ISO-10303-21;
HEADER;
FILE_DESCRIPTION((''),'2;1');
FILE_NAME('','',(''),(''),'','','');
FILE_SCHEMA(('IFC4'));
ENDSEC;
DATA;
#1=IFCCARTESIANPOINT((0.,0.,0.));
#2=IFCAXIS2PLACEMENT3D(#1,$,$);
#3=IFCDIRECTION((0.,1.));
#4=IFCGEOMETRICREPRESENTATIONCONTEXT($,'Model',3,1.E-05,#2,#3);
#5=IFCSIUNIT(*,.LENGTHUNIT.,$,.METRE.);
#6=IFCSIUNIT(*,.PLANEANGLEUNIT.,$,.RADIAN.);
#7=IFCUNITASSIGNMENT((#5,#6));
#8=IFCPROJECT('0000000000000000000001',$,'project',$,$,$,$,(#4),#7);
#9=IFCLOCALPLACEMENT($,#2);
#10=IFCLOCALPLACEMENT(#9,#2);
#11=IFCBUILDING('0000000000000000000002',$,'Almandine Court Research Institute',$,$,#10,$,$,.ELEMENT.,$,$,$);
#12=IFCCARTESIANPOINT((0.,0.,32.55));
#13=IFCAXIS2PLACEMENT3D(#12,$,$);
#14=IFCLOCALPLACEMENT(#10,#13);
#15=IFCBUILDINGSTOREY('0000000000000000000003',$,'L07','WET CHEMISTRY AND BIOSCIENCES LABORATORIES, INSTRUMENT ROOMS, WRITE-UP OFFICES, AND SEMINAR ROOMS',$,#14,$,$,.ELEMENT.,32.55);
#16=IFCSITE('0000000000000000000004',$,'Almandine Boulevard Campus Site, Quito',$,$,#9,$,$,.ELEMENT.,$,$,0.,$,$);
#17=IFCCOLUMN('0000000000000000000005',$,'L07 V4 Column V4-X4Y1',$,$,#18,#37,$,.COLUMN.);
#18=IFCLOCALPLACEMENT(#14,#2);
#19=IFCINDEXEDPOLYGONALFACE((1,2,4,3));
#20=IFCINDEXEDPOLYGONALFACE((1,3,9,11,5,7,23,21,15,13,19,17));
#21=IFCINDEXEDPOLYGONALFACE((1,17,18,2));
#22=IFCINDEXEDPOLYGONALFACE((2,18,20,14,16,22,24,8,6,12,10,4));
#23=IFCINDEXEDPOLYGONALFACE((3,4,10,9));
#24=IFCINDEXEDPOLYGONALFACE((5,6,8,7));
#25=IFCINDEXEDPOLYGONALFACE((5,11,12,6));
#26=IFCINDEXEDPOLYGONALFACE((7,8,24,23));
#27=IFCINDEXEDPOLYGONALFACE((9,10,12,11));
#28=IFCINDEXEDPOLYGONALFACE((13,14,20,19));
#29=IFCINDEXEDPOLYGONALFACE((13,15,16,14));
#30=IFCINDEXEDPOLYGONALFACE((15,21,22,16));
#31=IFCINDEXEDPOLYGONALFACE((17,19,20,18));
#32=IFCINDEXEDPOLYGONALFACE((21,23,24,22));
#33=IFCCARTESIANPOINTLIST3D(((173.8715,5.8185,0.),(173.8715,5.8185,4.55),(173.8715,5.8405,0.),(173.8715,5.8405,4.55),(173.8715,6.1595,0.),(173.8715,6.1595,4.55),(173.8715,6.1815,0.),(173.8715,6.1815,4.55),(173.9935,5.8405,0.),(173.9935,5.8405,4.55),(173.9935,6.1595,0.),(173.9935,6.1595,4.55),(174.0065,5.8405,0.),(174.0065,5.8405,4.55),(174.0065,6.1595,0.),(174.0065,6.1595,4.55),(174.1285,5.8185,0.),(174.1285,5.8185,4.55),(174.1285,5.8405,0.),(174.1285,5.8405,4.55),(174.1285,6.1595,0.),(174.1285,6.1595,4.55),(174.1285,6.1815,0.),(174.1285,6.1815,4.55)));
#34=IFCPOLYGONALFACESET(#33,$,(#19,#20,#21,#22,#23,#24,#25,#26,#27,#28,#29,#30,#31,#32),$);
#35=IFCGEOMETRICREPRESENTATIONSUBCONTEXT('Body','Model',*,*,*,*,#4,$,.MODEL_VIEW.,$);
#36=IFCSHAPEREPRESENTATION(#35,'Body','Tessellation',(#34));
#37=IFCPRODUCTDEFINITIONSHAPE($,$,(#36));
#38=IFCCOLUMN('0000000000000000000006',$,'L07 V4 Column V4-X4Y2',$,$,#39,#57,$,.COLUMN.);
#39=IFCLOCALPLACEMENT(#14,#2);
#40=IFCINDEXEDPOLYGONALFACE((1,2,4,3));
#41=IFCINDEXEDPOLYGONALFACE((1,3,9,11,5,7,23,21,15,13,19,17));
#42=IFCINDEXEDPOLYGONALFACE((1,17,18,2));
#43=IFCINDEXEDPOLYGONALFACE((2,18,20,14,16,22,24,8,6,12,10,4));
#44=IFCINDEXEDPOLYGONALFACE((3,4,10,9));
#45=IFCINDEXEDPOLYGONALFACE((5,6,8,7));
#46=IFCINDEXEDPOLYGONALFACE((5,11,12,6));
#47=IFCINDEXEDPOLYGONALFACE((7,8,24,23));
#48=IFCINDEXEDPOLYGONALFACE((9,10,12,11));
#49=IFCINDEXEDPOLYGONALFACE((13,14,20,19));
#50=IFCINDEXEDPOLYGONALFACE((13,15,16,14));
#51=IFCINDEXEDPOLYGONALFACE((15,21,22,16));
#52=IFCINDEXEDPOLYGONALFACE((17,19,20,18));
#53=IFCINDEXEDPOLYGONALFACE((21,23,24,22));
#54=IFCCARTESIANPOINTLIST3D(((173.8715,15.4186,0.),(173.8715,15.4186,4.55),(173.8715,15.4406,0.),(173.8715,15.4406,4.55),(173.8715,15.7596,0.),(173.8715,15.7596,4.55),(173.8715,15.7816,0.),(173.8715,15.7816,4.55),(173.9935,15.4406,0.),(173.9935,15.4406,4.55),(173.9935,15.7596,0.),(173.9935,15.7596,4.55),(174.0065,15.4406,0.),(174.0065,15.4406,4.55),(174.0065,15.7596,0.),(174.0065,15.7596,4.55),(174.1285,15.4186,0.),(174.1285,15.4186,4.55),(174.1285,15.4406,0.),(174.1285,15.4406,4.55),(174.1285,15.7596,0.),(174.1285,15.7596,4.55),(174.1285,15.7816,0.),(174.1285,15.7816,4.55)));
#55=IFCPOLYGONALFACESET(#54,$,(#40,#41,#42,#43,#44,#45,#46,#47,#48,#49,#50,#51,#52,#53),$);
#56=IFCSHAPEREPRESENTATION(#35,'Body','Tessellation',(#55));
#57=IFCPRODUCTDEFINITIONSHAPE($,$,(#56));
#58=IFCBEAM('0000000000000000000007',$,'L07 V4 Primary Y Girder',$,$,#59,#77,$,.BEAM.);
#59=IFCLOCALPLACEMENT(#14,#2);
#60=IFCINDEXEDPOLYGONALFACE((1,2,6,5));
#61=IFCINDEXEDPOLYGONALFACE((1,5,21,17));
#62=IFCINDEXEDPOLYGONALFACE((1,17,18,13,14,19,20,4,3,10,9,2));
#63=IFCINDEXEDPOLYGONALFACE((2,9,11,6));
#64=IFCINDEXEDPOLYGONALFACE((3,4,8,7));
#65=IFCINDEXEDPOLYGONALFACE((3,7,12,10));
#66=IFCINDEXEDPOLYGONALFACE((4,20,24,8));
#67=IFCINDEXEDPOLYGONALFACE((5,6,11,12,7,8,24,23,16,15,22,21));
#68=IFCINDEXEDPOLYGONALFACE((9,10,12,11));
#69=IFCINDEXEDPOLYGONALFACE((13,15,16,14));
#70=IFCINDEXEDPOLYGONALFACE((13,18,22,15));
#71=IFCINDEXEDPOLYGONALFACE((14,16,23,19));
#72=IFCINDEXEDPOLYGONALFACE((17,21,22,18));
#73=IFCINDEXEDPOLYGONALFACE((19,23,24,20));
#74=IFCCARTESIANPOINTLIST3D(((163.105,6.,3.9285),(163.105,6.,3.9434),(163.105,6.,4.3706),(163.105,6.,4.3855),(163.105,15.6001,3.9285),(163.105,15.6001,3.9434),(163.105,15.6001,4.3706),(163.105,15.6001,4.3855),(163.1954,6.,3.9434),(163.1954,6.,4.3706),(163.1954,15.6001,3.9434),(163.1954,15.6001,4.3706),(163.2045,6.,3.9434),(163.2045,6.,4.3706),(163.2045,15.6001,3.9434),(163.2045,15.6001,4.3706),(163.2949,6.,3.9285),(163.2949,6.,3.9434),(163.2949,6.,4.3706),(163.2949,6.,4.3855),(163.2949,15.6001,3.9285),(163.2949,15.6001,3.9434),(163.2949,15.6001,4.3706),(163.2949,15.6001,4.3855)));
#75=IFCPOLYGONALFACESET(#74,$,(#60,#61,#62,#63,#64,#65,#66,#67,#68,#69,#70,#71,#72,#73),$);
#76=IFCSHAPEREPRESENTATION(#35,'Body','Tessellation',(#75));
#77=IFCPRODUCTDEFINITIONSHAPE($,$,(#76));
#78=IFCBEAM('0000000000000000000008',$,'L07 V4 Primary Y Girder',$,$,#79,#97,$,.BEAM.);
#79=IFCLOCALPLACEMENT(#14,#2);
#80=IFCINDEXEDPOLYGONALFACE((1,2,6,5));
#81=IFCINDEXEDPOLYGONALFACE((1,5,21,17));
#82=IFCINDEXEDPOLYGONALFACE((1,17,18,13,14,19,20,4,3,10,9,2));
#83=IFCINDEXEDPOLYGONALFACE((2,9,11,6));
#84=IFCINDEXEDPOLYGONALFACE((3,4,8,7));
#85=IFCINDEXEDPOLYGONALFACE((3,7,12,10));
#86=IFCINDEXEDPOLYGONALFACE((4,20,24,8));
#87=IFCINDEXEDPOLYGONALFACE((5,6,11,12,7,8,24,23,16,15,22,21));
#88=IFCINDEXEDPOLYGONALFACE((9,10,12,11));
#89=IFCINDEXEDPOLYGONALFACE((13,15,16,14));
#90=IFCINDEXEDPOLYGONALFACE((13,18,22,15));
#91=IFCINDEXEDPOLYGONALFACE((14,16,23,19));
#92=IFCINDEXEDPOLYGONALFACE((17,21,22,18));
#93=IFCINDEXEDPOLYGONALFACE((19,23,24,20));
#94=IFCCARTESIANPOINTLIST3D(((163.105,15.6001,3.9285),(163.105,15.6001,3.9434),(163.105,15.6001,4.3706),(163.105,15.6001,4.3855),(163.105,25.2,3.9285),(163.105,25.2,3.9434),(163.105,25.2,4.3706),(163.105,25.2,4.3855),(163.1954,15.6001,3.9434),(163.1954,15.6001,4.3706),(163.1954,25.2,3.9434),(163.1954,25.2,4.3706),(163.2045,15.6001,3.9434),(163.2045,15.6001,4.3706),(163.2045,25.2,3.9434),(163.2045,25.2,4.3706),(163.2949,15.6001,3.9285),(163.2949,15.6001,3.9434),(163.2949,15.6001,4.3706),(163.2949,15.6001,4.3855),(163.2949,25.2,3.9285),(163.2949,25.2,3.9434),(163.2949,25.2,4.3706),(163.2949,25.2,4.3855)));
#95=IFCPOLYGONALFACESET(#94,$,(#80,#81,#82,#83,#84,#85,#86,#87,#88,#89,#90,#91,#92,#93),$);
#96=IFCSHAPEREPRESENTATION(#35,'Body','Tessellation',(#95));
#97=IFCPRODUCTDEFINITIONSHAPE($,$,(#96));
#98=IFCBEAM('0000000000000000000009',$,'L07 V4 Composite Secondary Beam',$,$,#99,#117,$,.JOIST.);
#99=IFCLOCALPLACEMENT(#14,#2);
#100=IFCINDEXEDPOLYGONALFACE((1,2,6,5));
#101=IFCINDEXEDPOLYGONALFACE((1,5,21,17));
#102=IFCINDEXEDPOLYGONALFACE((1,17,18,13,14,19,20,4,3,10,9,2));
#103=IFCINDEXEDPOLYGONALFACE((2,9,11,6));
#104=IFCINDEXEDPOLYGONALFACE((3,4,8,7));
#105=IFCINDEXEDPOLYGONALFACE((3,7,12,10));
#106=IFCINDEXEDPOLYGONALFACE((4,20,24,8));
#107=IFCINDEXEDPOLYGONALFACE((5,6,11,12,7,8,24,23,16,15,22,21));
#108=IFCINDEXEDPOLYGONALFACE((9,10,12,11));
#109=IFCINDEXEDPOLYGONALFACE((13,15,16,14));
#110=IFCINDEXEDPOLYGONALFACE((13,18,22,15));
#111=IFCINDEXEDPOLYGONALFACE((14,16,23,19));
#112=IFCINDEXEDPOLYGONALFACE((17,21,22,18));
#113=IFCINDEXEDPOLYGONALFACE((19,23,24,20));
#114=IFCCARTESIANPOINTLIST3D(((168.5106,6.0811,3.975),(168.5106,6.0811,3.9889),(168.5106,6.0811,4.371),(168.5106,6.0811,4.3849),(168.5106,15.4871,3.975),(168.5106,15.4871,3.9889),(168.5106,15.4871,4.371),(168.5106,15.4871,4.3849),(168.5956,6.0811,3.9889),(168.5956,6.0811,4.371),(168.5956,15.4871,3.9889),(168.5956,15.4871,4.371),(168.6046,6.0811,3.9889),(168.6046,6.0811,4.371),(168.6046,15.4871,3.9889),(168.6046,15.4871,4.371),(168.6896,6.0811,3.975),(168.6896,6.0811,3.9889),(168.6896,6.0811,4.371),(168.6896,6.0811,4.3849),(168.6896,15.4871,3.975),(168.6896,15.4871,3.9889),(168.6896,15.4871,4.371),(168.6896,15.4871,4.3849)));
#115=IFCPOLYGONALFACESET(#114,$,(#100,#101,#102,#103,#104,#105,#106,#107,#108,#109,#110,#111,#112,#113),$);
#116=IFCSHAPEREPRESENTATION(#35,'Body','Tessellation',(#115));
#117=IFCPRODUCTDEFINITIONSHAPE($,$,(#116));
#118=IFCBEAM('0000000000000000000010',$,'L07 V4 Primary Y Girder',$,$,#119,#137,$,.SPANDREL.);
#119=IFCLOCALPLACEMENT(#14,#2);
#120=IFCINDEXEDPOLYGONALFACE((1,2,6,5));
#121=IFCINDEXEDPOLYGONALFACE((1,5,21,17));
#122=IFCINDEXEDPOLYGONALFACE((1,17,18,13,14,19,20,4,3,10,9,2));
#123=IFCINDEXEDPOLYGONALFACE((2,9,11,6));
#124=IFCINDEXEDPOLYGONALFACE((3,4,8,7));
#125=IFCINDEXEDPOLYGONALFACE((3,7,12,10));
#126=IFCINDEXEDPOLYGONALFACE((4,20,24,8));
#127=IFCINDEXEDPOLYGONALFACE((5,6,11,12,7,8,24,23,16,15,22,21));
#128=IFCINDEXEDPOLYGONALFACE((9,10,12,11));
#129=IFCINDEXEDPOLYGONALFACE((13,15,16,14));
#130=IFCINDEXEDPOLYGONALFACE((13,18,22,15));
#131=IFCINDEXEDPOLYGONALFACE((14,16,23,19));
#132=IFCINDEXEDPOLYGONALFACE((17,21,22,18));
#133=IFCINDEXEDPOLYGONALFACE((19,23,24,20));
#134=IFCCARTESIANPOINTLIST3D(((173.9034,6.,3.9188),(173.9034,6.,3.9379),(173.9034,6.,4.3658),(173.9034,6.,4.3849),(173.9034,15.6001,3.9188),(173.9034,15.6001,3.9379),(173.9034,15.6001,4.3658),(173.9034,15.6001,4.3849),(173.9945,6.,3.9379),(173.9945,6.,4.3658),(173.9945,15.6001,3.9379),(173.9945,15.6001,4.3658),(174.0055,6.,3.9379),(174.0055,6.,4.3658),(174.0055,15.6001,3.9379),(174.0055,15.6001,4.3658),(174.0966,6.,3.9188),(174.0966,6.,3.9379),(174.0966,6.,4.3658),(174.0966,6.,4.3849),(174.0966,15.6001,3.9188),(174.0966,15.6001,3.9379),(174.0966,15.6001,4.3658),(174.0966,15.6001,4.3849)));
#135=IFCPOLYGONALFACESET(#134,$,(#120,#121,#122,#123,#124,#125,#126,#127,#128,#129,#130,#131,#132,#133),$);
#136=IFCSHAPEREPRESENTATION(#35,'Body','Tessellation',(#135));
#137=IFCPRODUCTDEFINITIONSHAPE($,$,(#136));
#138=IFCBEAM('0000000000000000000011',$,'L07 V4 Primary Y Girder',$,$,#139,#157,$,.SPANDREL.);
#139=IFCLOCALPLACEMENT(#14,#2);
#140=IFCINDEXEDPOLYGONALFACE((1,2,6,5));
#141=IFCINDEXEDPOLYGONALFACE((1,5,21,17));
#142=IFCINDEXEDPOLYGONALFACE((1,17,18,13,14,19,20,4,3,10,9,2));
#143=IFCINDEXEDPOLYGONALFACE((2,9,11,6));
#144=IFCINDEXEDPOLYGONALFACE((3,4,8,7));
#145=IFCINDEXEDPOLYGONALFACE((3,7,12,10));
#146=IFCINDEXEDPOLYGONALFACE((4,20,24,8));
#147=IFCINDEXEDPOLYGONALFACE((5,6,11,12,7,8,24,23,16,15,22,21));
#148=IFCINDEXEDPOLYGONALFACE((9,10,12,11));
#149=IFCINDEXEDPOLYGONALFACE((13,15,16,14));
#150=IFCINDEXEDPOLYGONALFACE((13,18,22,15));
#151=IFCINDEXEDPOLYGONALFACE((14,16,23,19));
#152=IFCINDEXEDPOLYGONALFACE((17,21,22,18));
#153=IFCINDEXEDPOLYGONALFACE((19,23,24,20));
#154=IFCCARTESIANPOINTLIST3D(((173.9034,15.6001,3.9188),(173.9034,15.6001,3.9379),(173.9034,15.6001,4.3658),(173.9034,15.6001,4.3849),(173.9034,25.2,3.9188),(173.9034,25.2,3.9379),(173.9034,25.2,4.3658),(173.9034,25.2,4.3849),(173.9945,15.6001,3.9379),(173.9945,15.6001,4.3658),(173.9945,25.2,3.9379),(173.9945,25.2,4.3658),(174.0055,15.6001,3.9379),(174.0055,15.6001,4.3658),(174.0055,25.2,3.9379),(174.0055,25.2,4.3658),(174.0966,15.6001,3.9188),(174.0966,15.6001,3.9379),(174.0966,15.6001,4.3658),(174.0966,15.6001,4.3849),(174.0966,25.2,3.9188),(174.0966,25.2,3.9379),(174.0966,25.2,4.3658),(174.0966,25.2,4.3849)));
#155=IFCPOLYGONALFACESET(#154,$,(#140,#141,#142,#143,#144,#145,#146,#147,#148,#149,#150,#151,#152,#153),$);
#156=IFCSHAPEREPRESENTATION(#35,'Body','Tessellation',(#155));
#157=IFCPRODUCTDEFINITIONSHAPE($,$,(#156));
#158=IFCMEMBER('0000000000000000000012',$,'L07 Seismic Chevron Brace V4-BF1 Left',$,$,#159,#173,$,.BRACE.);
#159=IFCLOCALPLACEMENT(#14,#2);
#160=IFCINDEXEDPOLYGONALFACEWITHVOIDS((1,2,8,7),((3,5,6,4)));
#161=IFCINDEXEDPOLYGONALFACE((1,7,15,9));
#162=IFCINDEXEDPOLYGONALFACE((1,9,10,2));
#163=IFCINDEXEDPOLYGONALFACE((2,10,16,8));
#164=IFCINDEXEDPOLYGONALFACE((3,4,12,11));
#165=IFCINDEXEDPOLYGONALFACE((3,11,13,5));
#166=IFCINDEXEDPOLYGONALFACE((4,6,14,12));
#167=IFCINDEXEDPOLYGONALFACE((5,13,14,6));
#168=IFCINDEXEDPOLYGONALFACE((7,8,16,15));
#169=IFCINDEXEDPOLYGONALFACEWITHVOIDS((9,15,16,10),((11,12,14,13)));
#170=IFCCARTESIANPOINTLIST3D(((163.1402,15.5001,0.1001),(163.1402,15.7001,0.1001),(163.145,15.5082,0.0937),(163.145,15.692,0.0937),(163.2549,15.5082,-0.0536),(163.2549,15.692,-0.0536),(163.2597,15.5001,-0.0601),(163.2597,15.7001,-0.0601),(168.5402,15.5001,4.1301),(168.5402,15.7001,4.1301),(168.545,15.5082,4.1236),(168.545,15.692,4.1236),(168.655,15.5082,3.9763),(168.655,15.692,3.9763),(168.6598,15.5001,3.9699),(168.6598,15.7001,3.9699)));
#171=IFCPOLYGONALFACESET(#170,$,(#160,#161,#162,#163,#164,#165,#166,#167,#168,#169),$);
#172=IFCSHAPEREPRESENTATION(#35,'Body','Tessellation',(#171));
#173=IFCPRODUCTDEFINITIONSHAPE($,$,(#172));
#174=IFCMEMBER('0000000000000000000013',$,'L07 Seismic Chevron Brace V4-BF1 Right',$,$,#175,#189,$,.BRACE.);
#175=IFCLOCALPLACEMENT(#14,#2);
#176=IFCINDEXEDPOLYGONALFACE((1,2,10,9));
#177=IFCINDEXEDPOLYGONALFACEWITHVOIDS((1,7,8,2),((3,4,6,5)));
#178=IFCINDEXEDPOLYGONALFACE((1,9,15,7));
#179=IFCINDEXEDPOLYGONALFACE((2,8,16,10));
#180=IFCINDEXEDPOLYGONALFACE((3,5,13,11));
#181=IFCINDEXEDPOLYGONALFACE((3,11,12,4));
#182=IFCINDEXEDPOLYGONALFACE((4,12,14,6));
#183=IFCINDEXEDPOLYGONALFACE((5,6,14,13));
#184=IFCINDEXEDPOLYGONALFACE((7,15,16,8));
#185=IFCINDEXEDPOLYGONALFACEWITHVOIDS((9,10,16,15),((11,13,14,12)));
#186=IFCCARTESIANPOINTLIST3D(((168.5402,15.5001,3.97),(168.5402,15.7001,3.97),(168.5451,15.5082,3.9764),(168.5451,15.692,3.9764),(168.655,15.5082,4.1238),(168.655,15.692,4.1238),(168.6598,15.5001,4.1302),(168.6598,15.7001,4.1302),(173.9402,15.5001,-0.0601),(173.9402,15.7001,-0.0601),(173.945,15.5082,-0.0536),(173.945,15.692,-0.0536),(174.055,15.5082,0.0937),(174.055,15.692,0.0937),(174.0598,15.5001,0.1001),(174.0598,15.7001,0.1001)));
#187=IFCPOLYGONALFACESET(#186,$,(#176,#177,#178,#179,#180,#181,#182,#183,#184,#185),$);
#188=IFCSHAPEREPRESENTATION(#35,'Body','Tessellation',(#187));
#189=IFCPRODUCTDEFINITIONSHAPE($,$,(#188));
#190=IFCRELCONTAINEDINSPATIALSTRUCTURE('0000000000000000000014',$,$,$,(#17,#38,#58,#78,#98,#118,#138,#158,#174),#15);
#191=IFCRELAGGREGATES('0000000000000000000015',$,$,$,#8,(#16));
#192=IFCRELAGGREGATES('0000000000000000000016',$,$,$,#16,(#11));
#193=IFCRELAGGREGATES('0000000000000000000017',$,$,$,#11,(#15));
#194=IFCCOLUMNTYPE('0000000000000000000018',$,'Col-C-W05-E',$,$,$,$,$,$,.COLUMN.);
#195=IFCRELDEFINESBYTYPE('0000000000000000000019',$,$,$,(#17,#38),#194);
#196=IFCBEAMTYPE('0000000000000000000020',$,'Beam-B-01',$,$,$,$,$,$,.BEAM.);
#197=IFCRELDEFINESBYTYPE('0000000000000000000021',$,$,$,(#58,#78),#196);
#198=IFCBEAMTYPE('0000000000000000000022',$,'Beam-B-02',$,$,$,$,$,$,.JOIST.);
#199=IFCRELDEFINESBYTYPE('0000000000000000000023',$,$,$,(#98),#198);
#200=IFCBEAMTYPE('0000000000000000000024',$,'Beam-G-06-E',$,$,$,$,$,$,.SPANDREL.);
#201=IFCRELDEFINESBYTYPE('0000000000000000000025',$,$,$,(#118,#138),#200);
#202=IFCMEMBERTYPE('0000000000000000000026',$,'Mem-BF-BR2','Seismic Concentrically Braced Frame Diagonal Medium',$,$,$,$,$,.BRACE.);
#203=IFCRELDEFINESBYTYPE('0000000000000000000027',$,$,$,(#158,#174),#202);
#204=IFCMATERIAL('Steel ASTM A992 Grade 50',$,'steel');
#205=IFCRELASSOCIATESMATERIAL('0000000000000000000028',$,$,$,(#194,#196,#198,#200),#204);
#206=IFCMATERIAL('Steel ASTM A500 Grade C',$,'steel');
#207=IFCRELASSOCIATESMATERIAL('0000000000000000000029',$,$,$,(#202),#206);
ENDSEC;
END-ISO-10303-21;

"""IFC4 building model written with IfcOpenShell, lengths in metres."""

from ifc_helpers import new_model, si_unit, direction, frame, origin, origin_2d, place, context, subcontext, project, spatial, hollow_rectangle, i_section, extrude, material, material_profile, profile_set, type_object, element, save


model = new_model("IFC4")

# Units and contexts
model_context = context("Model", 3, precision=1e-05, world=origin(), true_north=direction((0.0, 1.0)))
body_context = subcontext(model_context, "Body", "Model", "MODEL_VIEW")
ifc_project = project(units=[si_unit("LENGTHUNIT", "METRE"), si_unit("PLANEANGLEUNIT", "RADIAN")], contexts=[model_context])

# Site, building, storey
site_placement = place(None, origin())
site = spatial("IfcSite", under=ifc_project, at=site_placement, Name="Almandine Boulevard Campus Site, Quito", CompositionType="ELEMENT", RefElevation=0.0)
building_placement = place(site_placement, origin())
building = spatial("IfcBuilding", under=site, at=building_placement, Name="Almandine Court Research Institute", CompositionType="ELEMENT")
storey_placement = place(building_placement, frame((0.0, 0.0, 32.55)))
storey = spatial("IfcBuildingStorey", under=building, at=storey_placement, Name="L07", Description="WET CHEMISTRY AND BIOSCIENCES LABORATORIES, INSTRUMENT ROOMS, WRITE-UP OFFICES, AND SEMINAR ROOMS", CompositionType="ELEMENT", Elevation=32.55)

# Columns
ifc_material_1 = material(Name="Steel ASTM A992 Grade 50", Category="steel")
ifc_material_profile_1 = material_profile(ifc_material_1, i_section(OverallWidth=0.2571, OverallDepth=0.363, WebThickness=0.0129, FlangeThickness=0.022, at=origin_2d()), Name="W360x122")
ifc_profile_set_1 = profile_set([ifc_material_profile_1], Name="Steel ASTM A992 Grade 50")
column_type = type_object("IfcColumnType", Name="Col-C-W05-E", PredefinedType="COLUMN", material=ifc_profile_set_1)
for number, where, z_axis, x_axis, name in (
    (1, (174.0, 6.0, 0.0), (0.0, 0.0, 1.0), (1.0, 0.0, 0.0), "L07 V4 Column V4-X4Y1"),
    (2, (174.0, 15.6001, 0.0), (0.0, 0.0, 1.0), (1.0, 0.0, 0.0), "L07 V4 Column V4-X4Y2"),
):
    element("IfcColumn", number, at=place(storey_placement, frame(where, z_axis=z_axis, x_axis=x_axis)), inside=storey, type_object=column_type, Name=name, PredefinedType="COLUMN", context=body_context, shape_type="SweptSolid", body=[
        extrude(i_section(OverallWidth=0.2571, OverallDepth=0.363, WebThickness=0.0129, FlangeThickness=0.022, at=origin_2d()), origin(), (0.0, 0.0, 1.0), 4.55),
    ])

# Beams
ifc_material_profile_2 = material_profile(ifc_material_1, i_section(OverallWidth=0.1899, OverallDepth=0.457, WebThickness=0.009, FlangeThickness=0.0149, at=origin_2d()), Name="W460x74")
ifc_profile_set_2 = profile_set([ifc_material_profile_2], Name="Steel ASTM A992 Grade 50")
beam_type_1 = type_object("IfcBeamType", Name="Beam-B-01", PredefinedType="BEAM", material=ifc_profile_set_2)
beam_1_placement = place(storey_placement, frame((163.2, 6.0, 4.157), z_axis=(0.0, 1.0, 0.0), x_axis=(-1.0, 0.0, 0.0)))
element("IfcBeam", 3, at=beam_1_placement, inside=storey, type_object=beam_type_1, Name="L07 V4 Primary Y Girder", PredefinedType="BEAM", context=body_context, shape_type="SweptSolid", body=[
    extrude(i_section(OverallWidth=0.1899, OverallDepth=0.457, WebThickness=0.009, FlangeThickness=0.0149, at=origin_2d()), origin(), (0.0, 0.0, 1.0), 9.6001),
])
beam_2_placement = place(storey_placement, frame((163.2, 15.6001, 4.157), z_axis=(0.0, 1.0, 0.0), x_axis=(-1.0, 0.0, 0.0)))
element("IfcBeam", 4, at=beam_2_placement, inside=storey, type_object=beam_type_1, Name="L07 V4 Primary Y Girder", PredefinedType="BEAM", context=body_context, shape_type="SweptSolid", body=[
    extrude(i_section(OverallWidth=0.1899, OverallDepth=0.457, WebThickness=0.009, FlangeThickness=0.0149, at=origin_2d()), origin(), (0.0, 0.0, 1.0), 9.5999),
])
ifc_material_profile_3 = material_profile(ifc_material_1, i_section(OverallWidth=0.179, OverallDepth=0.4099, WebThickness=0.009, FlangeThickness=0.0139, at=origin_2d()), Name="W410x67")
ifc_profile_set_3 = profile_set([ifc_material_profile_3], Name="Steel ASTM A992 Grade 50")
beam_type_2 = type_object("IfcBeamType", Name="Beam-B-02", PredefinedType="JOIST", material=ifc_profile_set_3)
beam_3_placement = place(storey_placement, frame((168.6001, 6.0811, 4.1799), z_axis=(0.0, 1.0, 0.0), x_axis=(-1.0, 0.0, 0.0)))
element("IfcBeam", 5, at=beam_3_placement, inside=storey, type_object=beam_type_2, Name="L07 V4 Composite Secondary Beam", PredefinedType="JOIST", context=body_context, shape_type="SweptSolid", body=[
    extrude(i_section(OverallWidth=0.179, OverallDepth=0.4099, WebThickness=0.009, FlangeThickness=0.0139, at=origin_2d()), origin(), (0.0, 0.0, 1.0), 9.406),
])
ifc_material_profile_4 = material_profile(ifc_material_1, i_section(OverallWidth=0.1931, OverallDepth=0.4661, WebThickness=0.011, FlangeThickness=0.019, at=origin_2d()), Name="W460x97")
ifc_profile_set_4 = profile_set([ifc_material_profile_4], Name="Steel ASTM A992 Grade 50")
beam_type_3 = type_object("IfcBeamType", Name="Beam-G-06-E", PredefinedType="SPANDREL", material=ifc_profile_set_4)
beam_4_placement = place(storey_placement, frame((174.0, 6.0, 4.1519), z_axis=(0.0, 1.0, 0.0), x_axis=(-1.0, 0.0, 0.0)))
element("IfcBeam", 6, at=beam_4_placement, inside=storey, type_object=beam_type_3, Name="L07 V4 Primary Y Girder", PredefinedType="SPANDREL", context=body_context, shape_type="SweptSolid", body=[
    extrude(i_section(OverallWidth=0.1931, OverallDepth=0.4661, WebThickness=0.011, FlangeThickness=0.019, at=origin_2d()), origin(), (0.0, 0.0, 1.0), 9.6001),
])
beam_5_placement = place(storey_placement, frame((174.0, 15.6001, 4.1519), z_axis=(0.0, 1.0, 0.0), x_axis=(-1.0, 0.0, 0.0)))
element("IfcBeam", 7, at=beam_5_placement, inside=storey, type_object=beam_type_3, Name="L07 V4 Primary Y Girder", PredefinedType="SPANDREL", context=body_context, shape_type="SweptSolid", body=[
    extrude(i_section(OverallWidth=0.1931, OverallDepth=0.4661, WebThickness=0.011, FlangeThickness=0.019, at=origin_2d()), origin(), (0.0, 0.0, 1.0), 9.5999),
])

# Members
ifc_material_2 = material(Name="Steel ASTM A500 Grade C", Category="steel")
ifc_material_profile_5 = material_profile(ifc_material_2, hollow_rectangle(XDim=0.2, YDim=0.2, WallThickness=0.0081, at=origin_2d()), Name="HSS 200x200x8")
ifc_profile_set_5 = profile_set([ifc_material_profile_5], Name="Steel ASTM A500 Grade C")
member_type = type_object("IfcMemberType", Name="Mem-BF-BR2", Description="Seismic Concentrically Braced Frame Diagonal Medium", PredefinedType="BRACE", material=ifc_profile_set_5)
for number, where, z_axis, x_axis, name in (
    (8, (163.2, 15.6001, 0.02), (0.801428, 0.0, 0.598091), (0.0, 1.0, 0.0), "L07 Seismic Chevron Brace V4-BF1 Left"),
    (9, (174.0, 15.6001, 0.02), (-0.801415, 0.0, 0.598108), (0.0, -1.0, 0.0), "L07 Seismic Chevron Brace V4-BF1 Right"),
):
    element("IfcMember", number, at=place(storey_placement, frame(where, z_axis=z_axis, x_axis=x_axis)), inside=storey, type_object=member_type, Name=name, PredefinedType="BRACE", context=body_context, shape_type="SweptSolid", body=[
        extrude(hollow_rectangle(XDim=0.2, YDim=0.2, WallThickness=0.0081, at=origin_2d()), origin(), (0.0, 0.0, 1.0), 6.738),
    ])

save(model, "model.ifc")
